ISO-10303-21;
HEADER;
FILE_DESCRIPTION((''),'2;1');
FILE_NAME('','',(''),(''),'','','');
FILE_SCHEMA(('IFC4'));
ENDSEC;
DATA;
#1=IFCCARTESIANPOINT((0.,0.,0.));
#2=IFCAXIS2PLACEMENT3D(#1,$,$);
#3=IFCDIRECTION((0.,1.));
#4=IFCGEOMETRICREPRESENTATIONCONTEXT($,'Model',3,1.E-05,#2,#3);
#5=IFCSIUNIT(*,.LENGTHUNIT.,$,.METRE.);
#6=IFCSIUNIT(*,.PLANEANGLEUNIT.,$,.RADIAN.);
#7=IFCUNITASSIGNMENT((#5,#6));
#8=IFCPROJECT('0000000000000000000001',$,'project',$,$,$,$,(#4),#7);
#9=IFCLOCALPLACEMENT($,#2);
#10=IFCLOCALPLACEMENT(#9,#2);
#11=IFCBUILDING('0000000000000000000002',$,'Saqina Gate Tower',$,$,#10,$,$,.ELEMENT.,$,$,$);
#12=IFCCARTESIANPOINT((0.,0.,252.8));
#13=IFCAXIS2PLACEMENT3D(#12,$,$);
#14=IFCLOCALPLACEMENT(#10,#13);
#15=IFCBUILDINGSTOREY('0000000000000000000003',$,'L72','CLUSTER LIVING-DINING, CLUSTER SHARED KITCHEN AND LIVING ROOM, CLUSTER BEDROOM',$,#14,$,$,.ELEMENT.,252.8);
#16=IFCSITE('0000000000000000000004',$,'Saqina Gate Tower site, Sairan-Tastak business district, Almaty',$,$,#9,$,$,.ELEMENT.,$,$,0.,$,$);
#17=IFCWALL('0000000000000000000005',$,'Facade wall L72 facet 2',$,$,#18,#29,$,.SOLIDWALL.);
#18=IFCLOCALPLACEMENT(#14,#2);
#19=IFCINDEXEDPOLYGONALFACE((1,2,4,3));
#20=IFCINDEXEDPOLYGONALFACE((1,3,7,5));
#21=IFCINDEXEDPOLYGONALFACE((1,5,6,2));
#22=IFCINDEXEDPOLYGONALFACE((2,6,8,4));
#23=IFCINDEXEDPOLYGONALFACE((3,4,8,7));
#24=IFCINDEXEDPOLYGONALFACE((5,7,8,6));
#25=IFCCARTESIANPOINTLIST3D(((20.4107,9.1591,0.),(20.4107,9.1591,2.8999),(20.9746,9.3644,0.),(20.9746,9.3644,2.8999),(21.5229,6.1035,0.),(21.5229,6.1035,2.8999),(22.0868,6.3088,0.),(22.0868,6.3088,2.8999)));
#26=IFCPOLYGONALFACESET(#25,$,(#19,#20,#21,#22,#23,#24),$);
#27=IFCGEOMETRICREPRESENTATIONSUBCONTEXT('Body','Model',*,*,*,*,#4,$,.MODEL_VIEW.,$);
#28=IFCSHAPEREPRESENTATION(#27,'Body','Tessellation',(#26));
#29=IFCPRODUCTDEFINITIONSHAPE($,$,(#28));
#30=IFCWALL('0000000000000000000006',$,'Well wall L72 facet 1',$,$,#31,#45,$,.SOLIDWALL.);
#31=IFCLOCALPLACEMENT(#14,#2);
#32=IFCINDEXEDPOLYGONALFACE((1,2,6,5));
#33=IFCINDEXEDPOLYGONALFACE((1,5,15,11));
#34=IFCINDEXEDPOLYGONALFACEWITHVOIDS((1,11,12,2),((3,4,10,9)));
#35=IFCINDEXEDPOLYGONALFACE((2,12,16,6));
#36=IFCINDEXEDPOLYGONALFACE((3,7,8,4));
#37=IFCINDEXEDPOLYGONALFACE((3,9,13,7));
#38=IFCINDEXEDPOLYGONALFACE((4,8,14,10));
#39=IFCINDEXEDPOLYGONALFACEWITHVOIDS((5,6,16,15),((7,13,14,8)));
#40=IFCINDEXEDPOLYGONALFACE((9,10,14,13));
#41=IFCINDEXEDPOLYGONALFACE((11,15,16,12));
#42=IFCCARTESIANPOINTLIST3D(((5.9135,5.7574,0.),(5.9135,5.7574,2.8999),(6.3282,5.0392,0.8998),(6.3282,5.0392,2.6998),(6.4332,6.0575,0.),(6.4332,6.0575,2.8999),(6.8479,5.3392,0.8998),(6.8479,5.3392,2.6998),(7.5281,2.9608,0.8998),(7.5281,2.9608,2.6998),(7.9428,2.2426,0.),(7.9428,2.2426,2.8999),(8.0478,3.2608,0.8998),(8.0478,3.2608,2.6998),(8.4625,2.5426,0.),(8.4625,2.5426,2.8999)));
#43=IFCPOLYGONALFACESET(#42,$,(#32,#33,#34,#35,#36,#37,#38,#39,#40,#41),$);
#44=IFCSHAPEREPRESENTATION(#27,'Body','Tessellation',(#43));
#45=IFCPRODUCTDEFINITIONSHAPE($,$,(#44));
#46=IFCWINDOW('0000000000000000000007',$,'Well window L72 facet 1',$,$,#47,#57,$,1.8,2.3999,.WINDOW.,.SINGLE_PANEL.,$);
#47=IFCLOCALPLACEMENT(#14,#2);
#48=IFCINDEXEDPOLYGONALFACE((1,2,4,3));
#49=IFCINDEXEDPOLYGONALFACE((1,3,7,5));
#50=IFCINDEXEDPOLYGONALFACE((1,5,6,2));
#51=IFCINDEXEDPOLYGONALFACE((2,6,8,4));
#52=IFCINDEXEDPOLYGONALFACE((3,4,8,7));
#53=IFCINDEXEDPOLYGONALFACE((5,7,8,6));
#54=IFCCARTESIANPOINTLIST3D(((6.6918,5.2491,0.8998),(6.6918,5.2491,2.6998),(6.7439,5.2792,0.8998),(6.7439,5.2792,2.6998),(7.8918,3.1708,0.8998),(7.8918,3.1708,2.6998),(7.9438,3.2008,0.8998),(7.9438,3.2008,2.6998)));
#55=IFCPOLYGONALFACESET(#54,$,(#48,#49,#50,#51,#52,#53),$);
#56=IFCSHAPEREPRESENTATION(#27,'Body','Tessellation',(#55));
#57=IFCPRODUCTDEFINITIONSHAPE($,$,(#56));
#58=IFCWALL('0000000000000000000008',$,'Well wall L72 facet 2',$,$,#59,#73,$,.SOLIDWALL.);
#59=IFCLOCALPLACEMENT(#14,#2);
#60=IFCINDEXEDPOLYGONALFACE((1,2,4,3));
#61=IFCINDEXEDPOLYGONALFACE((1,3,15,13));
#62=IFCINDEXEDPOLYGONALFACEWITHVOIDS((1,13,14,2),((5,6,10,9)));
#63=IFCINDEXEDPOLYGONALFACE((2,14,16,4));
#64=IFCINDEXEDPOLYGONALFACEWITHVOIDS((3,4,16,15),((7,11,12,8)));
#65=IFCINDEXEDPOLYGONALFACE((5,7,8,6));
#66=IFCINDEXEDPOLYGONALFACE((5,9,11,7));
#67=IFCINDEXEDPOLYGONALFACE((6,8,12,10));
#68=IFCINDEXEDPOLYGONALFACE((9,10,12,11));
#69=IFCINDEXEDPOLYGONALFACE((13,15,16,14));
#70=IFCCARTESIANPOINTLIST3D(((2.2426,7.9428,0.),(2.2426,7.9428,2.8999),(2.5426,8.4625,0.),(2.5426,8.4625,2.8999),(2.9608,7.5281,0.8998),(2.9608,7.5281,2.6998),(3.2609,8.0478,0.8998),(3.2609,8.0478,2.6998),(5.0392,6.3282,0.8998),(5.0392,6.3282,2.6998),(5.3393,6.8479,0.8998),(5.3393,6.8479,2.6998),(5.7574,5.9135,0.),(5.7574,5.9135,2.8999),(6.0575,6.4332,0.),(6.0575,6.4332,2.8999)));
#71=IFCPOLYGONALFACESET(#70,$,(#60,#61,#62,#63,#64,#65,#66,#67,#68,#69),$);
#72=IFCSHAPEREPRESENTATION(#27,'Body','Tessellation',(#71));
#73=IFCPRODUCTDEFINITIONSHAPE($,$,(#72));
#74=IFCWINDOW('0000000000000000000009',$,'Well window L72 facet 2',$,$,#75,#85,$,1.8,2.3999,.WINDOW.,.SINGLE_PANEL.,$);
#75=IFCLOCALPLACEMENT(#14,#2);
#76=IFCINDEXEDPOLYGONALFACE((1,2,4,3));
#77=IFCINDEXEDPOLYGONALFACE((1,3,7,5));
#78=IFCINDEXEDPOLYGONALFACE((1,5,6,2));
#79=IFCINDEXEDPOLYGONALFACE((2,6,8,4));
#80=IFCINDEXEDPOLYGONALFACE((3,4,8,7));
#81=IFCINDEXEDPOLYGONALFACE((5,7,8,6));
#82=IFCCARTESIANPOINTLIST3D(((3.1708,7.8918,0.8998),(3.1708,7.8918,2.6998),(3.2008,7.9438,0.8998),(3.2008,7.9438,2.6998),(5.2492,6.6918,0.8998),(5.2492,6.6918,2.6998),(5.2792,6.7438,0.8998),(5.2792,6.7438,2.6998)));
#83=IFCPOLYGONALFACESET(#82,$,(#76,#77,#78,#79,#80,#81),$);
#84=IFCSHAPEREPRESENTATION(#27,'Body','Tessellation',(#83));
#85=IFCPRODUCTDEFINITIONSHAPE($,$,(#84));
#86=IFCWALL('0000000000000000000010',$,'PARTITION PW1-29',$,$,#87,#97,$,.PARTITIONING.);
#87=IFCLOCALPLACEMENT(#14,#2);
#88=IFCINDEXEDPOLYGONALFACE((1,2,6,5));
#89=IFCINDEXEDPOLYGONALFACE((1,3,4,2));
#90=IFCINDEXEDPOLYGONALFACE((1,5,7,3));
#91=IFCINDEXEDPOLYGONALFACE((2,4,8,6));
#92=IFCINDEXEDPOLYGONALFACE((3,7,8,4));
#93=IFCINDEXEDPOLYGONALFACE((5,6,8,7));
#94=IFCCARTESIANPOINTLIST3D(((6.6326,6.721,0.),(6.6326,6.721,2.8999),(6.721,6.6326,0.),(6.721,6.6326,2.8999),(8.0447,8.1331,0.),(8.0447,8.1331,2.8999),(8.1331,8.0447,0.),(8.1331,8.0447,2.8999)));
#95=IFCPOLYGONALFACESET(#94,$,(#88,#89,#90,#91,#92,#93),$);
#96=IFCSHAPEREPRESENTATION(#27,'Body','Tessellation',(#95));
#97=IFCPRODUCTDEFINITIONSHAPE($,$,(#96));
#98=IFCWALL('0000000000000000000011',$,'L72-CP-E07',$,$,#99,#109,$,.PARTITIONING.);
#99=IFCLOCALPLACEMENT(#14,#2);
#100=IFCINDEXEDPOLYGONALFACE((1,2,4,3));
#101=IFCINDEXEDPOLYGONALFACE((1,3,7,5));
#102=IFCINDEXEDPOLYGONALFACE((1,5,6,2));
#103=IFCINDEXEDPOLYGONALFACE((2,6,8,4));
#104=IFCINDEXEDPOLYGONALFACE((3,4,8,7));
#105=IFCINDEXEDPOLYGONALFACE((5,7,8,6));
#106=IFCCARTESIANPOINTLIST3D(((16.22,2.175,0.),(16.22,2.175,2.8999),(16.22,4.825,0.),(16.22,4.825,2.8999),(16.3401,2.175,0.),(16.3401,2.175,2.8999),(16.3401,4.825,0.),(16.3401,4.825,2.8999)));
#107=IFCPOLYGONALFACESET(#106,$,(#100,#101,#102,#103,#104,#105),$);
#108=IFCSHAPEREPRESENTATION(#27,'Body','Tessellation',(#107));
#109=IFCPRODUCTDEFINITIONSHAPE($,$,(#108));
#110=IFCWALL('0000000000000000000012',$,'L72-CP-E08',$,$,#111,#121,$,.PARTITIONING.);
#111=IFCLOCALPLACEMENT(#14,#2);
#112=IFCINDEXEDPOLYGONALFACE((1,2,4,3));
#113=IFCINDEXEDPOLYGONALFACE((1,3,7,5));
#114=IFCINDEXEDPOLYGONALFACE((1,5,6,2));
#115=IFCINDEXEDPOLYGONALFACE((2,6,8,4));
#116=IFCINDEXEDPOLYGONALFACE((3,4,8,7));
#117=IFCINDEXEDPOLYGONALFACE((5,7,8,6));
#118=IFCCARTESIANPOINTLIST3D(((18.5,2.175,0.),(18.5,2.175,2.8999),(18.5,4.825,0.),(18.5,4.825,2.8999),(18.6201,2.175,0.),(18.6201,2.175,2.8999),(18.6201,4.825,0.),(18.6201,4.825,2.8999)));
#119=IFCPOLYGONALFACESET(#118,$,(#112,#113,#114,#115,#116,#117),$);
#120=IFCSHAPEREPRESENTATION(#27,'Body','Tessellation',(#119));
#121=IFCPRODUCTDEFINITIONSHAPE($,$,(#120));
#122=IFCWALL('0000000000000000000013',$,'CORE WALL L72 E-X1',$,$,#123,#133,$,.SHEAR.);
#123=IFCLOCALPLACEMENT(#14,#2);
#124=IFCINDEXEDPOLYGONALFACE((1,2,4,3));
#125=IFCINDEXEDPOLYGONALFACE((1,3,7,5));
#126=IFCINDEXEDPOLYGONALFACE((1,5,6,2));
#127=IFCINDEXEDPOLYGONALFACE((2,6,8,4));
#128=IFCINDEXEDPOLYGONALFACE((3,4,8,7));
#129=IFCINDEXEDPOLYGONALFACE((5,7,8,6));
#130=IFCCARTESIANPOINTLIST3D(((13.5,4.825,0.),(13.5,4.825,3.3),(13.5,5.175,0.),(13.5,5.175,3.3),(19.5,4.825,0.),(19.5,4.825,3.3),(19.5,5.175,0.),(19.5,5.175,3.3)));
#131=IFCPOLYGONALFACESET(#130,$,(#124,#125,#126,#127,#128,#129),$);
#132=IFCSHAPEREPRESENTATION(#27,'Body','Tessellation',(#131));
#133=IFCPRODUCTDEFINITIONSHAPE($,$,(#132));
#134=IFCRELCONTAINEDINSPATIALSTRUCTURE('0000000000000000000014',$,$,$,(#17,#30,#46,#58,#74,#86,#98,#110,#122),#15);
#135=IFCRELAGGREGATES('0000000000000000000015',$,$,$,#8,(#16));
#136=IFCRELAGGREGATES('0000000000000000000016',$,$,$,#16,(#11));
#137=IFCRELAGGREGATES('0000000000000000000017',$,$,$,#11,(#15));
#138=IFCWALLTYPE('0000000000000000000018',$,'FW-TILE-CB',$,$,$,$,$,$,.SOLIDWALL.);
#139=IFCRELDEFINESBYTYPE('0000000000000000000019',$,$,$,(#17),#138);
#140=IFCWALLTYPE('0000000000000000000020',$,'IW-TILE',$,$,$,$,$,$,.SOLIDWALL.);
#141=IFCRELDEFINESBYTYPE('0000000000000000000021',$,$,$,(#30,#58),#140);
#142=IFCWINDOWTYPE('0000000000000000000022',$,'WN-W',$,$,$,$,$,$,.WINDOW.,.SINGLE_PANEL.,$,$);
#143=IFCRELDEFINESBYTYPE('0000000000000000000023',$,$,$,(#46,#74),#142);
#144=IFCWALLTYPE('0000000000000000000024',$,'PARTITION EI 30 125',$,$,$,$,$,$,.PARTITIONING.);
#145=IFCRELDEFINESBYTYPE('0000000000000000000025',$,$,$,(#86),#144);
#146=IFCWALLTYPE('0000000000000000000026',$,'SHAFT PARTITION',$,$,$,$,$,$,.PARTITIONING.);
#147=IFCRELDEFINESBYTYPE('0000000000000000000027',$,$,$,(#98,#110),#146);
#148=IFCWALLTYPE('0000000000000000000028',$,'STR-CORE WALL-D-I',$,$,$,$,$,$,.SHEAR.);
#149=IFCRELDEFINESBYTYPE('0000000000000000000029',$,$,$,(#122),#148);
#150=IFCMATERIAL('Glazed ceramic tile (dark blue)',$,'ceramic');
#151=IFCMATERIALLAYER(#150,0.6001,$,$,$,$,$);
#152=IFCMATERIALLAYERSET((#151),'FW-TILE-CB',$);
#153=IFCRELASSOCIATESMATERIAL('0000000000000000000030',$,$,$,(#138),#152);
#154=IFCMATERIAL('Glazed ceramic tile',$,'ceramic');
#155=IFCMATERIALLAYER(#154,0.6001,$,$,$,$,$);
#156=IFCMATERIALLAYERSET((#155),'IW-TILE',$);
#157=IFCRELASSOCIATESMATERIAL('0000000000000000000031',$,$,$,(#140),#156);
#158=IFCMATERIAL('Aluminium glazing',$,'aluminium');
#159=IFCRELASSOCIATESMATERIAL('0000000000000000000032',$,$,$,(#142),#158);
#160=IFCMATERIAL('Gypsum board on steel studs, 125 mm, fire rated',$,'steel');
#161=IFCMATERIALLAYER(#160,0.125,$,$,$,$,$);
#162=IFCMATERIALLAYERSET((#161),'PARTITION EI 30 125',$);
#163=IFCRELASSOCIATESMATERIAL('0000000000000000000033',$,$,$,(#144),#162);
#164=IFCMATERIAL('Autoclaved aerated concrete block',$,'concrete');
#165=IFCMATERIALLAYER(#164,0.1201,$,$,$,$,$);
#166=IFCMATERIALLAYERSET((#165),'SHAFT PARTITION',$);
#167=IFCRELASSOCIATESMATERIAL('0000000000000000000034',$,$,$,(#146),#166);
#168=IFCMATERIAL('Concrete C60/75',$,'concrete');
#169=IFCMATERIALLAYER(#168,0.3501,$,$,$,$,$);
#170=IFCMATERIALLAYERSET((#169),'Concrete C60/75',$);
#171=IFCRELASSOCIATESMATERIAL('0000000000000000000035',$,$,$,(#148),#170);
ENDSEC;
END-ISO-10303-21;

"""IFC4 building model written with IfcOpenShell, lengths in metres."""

from ifc_helpers import new_model, si_unit, direction, frame, frame_2d, origin, place, context, subcontext, project, spatial, rectangle, extrude, material, layer, layer_set, type_object, element, fill, save


model = new_model("IFC4")

# Units and contexts
model_context = context("Model", 3, precision=1e-05, world=origin(), true_north=direction((0.0, 1.0)))
body_context = subcontext(model_context, "Body", "Model", "MODEL_VIEW")
ifc_project = project(units=[si_unit("LENGTHUNIT", "METRE"), si_unit("PLANEANGLEUNIT", "RADIAN")], contexts=[model_context])

# Site, building, storey
site_placement = place(None, origin())
site = spatial("IfcSite", under=ifc_project, at=site_placement, Name="Saqina Gate Tower site, Sairan-Tastak business district, Almaty", CompositionType="ELEMENT", RefElevation=0.0)
building_placement = place(site_placement, origin())
building = spatial("IfcBuilding", under=site, at=building_placement, Name="Saqina Gate Tower", CompositionType="ELEMENT")
storey_placement = place(building_placement, frame((0.0, 0.0, 252.8)))
storey = spatial("IfcBuildingStorey", under=building, at=storey_placement, Name="L72", Description="CLUSTER LIVING-DINING, CLUSTER SHARED KITCHEN AND LIVING ROOM, CLUSTER BEDROOM", CompositionType="ELEMENT", Elevation=252.8)

# Wall
ifc_material_1 = material(Name="Glazed ceramic tile (dark blue)", Category="ceramic")
ifc_layer_1 = layer(ifc_material_1, 0.6001)
ifc_layer_set_1 = layer_set([ifc_layer_1], Name="FW-TILE-CB")
wall_type_1 = type_object("IfcWallType", Name="FW-TILE-CB", PredefinedType="SOLIDWALL", material=ifc_layer_set_1)
wall_1_placement = place(storey_placement, frame((21.8049, 6.2061, 0.0), z_axis=(0.0, 0.0, 1.0), x_axis=(-0.342057, 0.939679, 0.0)))
element("IfcWall", 1, at=wall_1_placement, inside=storey, type_object=wall_type_1, Name="Facade wall L72 facet 2", PredefinedType="SOLIDWALL", context=body_context, shape_type="SweptSolid", body=[
    extrude(rectangle(XDim=3.2517, YDim=0.6001, at=frame_2d((1.626, 0.0))), origin(), (0.0, 0.0, 1.0), 2.8999),
])

# Walls, openings, windows
ifc_material_2 = material(Name="Glazed ceramic tile", Category="ceramic")
ifc_layer_2 = layer(ifc_material_2, 0.6001)
ifc_layer_set_2 = layer_set([ifc_layer_2], Name="IW-TILE")
wall_type_2 = type_object("IfcWallType", Name="IW-TILE", PredefinedType="SOLIDWALL", material=ifc_layer_set_2)
wall_2_placement = place(storey_placement, frame((8.2026, 2.3926, 0.0), z_axis=(0.0, 0.0, 1.0), x_axis=(-0.499995, 0.866028, 0.0)))
wall_2 = element("IfcWall", 2, at=wall_2_placement, inside=storey, type_object=wall_type_2, Name="Well wall L72 facet 1", PredefinedType="SOLIDWALL", context=body_context, shape_type="SweptSolid", body=[
    extrude(rectangle(XDim=4.0586, YDim=0.6001, at=frame_2d((2.0293, 0.0))), origin(), (0.0, 0.0, 1.0), 2.8999),
])
opening_1_placement = place(wall_2_placement, frame((0.8293, 0.0, 0.8999)))
opening_1 = element("IfcOpeningElement", 3, at=opening_1_placement, cuts=wall_2, PredefinedType="OPENING", context=body_context, shape_type="SweptSolid", body=[
    extrude(rectangle(XDim=2.3999, YDim=1.8, at=frame_2d((1.2, 0.8999))), frame((0.0, 0.312, 0.0), z_axis=(0.0, -1.0, 0.0), x_axis=(1.0, 0.0, 0.0)), (0.0, 0.0, 1.0), 0.624),
])
ifc_material_3 = material(Name="Aluminium glazing", Category="aluminium")
window_type = type_object("IfcWindowType", Name="WN-W", PartitioningType="SINGLE_PANEL", PredefinedType="WINDOW", material=ifc_material_3)
window_1_placement = place(opening_1_placement, origin())
window_1 = element("IfcWindow", 4, at=window_1_placement, inside=storey, type_object=window_type, Name="Well window L72 facet 1", OverallHeight=1.8, OverallWidth=2.3999, PartitioningType="SINGLE_PANEL", PredefinedType="WINDOW", context=body_context, shape_type="SweptSolid", body=[
    extrude(rectangle(XDim=2.3999, YDim=1.8, at=frame_2d((1.2, 0.8999))), frame((0.0, -0.1199, 0.0), z_axis=(0.0, -1.0, 0.0), x_axis=(1.0, 0.0, 0.0)), (0.0, 0.0, 1.0), 0.0601),
])
fill(opening_1, window_1)
wall_3_placement = place(storey_placement, frame((5.9075, 6.1733, 0.0), z_axis=(0.0, 0.0, 1.0), x_axis=(-0.866028, 0.499995, 0.0)))
wall_3 = element("IfcWall", 5, at=wall_3_placement, inside=storey, type_object=wall_type_2, Name="Well wall L72 facet 2", PredefinedType="SOLIDWALL", context=body_context, shape_type="SweptSolid", body=[
    extrude(rectangle(XDim=4.0586, YDim=0.6001, at=frame_2d((2.0293, 0.0))), origin(), (0.0, 0.0, 1.0), 2.8999),
])
opening_2_placement = place(wall_3_placement, frame((0.8293, 0.0, 0.8999)))
opening_2 = element("IfcOpeningElement", 6, at=opening_2_placement, cuts=wall_3, PredefinedType="OPENING", context=body_context, shape_type="SweptSolid", body=[
    extrude(rectangle(XDim=2.3999, YDim=1.8, at=frame_2d((1.2, 0.8999))), frame((0.0, 0.312, 0.0), z_axis=(0.0, -1.0, 0.0), x_axis=(1.0, 0.0, 0.0)), (0.0, 0.0, 1.0), 0.624),
])
window_2_placement = place(opening_2_placement, origin())
window_2 = element("IfcWindow", 7, at=window_2_placement, inside=storey, type_object=window_type, Name="Well window L72 facet 2", OverallHeight=1.8, OverallWidth=2.3999, PartitioningType="SINGLE_PANEL", PredefinedType="WINDOW", context=body_context, shape_type="SweptSolid", body=[
    extrude(rectangle(XDim=2.3999, YDim=1.8, at=frame_2d((1.2, 0.8999))), frame((0.0, -0.1199, 0.0), z_axis=(0.0, -1.0, 0.0), x_axis=(1.0, 0.0, 0.0)), (0.0, 0.0, 1.0), 0.0601),
])
fill(opening_2, window_2)

# Walls
ifc_material_4 = material(Name="Gypsum board on steel studs, 125 mm, fire rated", Category="steel")
ifc_layer_3 = layer(ifc_material_4, 0.125)
ifc_layer_set_3 = layer_set([ifc_layer_3], Name="PARTITION EI 30 125")
wall_type_3 = type_object("IfcWallType", Name="PARTITION EI 30 125", PredefinedType="PARTITIONING", material=ifc_layer_set_3)
wall_4_placement = place(storey_placement, frame((6.6768, 6.6768, 0.0), z_axis=(0.0, 0.0, 1.0), x_axis=(0.707107, 0.707107, 0.0)))
element("IfcWall", 8, at=wall_4_placement, inside=storey, type_object=wall_type_3, Name="PARTITION PW1-29", PredefinedType="PARTITIONING", context=body_context, shape_type="SweptSolid", body=[
    extrude(rectangle(XDim=1.9971, YDim=0.125, at=frame_2d((0.9985, 0.0))), origin(), (0.0, 0.0, 1.0), 2.8999),
])
ifc_material_5 = material(Name="Autoclaved aerated concrete block", Category="concrete")
ifc_layer_4 = layer(ifc_material_5, 0.1201)
ifc_layer_set_4 = layer_set([ifc_layer_4], Name="SHAFT PARTITION")
wall_type_4 = type_object("IfcWallType", Name="SHAFT PARTITION", PredefinedType="PARTITIONING", material=ifc_layer_set_4)
for number, where, z_axis, x_axis, name in (
    (9, (16.28, 2.175, 0.0), (0.0, 0.0, 1.0), (0.0, 1.0, 0.0), "L72-CP-E07"),
    (10, (18.5601, 2.175, 0.0), (0.0, 0.0, 1.0), (0.0, 1.0, 0.0), "L72-CP-E08"),
):
    element("IfcWall", number, at=place(storey_placement, frame(where, z_axis=z_axis, x_axis=x_axis)), inside=storey, type_object=wall_type_4, Name=name, PredefinedType="PARTITIONING", context=body_context, shape_type="SweptSolid", body=[
        extrude(rectangle(XDim=2.6499, YDim=0.1201, at=frame_2d((1.325, 0.0))), origin(), (0.0, 0.0, 1.0), 2.8999),
    ])
ifc_material_6 = material(Name="Concrete C60/75", Category="concrete")
ifc_layer_5 = layer(ifc_material_6, 0.3501)
ifc_layer_set_5 = layer_set([ifc_layer_5], Name="Concrete C60/75")
wall_type_5 = type_object("IfcWallType", Name="STR-CORE WALL-D-I", PredefinedType="SHEAR", material=ifc_layer_set_5)
wall_5_placement = place(storey_placement, frame((13.5, 5.0, 0.0), z_axis=(0.0, 0.0, 1.0), x_axis=(1.0, 0.0, 0.0)))
element("IfcWall", 11, at=wall_5_placement, inside=storey, type_object=wall_type_5, Name="CORE WALL L72 E-X1", PredefinedType="SHEAR", context=body_context, shape_type="SweptSolid", body=[
    extrude(rectangle(XDim=6.0, YDim=0.3501, at=frame_2d((3.0, 0.0))), origin(), (0.0, 0.0, 1.0), 3.3),
])

save(model, "model.ifc")
